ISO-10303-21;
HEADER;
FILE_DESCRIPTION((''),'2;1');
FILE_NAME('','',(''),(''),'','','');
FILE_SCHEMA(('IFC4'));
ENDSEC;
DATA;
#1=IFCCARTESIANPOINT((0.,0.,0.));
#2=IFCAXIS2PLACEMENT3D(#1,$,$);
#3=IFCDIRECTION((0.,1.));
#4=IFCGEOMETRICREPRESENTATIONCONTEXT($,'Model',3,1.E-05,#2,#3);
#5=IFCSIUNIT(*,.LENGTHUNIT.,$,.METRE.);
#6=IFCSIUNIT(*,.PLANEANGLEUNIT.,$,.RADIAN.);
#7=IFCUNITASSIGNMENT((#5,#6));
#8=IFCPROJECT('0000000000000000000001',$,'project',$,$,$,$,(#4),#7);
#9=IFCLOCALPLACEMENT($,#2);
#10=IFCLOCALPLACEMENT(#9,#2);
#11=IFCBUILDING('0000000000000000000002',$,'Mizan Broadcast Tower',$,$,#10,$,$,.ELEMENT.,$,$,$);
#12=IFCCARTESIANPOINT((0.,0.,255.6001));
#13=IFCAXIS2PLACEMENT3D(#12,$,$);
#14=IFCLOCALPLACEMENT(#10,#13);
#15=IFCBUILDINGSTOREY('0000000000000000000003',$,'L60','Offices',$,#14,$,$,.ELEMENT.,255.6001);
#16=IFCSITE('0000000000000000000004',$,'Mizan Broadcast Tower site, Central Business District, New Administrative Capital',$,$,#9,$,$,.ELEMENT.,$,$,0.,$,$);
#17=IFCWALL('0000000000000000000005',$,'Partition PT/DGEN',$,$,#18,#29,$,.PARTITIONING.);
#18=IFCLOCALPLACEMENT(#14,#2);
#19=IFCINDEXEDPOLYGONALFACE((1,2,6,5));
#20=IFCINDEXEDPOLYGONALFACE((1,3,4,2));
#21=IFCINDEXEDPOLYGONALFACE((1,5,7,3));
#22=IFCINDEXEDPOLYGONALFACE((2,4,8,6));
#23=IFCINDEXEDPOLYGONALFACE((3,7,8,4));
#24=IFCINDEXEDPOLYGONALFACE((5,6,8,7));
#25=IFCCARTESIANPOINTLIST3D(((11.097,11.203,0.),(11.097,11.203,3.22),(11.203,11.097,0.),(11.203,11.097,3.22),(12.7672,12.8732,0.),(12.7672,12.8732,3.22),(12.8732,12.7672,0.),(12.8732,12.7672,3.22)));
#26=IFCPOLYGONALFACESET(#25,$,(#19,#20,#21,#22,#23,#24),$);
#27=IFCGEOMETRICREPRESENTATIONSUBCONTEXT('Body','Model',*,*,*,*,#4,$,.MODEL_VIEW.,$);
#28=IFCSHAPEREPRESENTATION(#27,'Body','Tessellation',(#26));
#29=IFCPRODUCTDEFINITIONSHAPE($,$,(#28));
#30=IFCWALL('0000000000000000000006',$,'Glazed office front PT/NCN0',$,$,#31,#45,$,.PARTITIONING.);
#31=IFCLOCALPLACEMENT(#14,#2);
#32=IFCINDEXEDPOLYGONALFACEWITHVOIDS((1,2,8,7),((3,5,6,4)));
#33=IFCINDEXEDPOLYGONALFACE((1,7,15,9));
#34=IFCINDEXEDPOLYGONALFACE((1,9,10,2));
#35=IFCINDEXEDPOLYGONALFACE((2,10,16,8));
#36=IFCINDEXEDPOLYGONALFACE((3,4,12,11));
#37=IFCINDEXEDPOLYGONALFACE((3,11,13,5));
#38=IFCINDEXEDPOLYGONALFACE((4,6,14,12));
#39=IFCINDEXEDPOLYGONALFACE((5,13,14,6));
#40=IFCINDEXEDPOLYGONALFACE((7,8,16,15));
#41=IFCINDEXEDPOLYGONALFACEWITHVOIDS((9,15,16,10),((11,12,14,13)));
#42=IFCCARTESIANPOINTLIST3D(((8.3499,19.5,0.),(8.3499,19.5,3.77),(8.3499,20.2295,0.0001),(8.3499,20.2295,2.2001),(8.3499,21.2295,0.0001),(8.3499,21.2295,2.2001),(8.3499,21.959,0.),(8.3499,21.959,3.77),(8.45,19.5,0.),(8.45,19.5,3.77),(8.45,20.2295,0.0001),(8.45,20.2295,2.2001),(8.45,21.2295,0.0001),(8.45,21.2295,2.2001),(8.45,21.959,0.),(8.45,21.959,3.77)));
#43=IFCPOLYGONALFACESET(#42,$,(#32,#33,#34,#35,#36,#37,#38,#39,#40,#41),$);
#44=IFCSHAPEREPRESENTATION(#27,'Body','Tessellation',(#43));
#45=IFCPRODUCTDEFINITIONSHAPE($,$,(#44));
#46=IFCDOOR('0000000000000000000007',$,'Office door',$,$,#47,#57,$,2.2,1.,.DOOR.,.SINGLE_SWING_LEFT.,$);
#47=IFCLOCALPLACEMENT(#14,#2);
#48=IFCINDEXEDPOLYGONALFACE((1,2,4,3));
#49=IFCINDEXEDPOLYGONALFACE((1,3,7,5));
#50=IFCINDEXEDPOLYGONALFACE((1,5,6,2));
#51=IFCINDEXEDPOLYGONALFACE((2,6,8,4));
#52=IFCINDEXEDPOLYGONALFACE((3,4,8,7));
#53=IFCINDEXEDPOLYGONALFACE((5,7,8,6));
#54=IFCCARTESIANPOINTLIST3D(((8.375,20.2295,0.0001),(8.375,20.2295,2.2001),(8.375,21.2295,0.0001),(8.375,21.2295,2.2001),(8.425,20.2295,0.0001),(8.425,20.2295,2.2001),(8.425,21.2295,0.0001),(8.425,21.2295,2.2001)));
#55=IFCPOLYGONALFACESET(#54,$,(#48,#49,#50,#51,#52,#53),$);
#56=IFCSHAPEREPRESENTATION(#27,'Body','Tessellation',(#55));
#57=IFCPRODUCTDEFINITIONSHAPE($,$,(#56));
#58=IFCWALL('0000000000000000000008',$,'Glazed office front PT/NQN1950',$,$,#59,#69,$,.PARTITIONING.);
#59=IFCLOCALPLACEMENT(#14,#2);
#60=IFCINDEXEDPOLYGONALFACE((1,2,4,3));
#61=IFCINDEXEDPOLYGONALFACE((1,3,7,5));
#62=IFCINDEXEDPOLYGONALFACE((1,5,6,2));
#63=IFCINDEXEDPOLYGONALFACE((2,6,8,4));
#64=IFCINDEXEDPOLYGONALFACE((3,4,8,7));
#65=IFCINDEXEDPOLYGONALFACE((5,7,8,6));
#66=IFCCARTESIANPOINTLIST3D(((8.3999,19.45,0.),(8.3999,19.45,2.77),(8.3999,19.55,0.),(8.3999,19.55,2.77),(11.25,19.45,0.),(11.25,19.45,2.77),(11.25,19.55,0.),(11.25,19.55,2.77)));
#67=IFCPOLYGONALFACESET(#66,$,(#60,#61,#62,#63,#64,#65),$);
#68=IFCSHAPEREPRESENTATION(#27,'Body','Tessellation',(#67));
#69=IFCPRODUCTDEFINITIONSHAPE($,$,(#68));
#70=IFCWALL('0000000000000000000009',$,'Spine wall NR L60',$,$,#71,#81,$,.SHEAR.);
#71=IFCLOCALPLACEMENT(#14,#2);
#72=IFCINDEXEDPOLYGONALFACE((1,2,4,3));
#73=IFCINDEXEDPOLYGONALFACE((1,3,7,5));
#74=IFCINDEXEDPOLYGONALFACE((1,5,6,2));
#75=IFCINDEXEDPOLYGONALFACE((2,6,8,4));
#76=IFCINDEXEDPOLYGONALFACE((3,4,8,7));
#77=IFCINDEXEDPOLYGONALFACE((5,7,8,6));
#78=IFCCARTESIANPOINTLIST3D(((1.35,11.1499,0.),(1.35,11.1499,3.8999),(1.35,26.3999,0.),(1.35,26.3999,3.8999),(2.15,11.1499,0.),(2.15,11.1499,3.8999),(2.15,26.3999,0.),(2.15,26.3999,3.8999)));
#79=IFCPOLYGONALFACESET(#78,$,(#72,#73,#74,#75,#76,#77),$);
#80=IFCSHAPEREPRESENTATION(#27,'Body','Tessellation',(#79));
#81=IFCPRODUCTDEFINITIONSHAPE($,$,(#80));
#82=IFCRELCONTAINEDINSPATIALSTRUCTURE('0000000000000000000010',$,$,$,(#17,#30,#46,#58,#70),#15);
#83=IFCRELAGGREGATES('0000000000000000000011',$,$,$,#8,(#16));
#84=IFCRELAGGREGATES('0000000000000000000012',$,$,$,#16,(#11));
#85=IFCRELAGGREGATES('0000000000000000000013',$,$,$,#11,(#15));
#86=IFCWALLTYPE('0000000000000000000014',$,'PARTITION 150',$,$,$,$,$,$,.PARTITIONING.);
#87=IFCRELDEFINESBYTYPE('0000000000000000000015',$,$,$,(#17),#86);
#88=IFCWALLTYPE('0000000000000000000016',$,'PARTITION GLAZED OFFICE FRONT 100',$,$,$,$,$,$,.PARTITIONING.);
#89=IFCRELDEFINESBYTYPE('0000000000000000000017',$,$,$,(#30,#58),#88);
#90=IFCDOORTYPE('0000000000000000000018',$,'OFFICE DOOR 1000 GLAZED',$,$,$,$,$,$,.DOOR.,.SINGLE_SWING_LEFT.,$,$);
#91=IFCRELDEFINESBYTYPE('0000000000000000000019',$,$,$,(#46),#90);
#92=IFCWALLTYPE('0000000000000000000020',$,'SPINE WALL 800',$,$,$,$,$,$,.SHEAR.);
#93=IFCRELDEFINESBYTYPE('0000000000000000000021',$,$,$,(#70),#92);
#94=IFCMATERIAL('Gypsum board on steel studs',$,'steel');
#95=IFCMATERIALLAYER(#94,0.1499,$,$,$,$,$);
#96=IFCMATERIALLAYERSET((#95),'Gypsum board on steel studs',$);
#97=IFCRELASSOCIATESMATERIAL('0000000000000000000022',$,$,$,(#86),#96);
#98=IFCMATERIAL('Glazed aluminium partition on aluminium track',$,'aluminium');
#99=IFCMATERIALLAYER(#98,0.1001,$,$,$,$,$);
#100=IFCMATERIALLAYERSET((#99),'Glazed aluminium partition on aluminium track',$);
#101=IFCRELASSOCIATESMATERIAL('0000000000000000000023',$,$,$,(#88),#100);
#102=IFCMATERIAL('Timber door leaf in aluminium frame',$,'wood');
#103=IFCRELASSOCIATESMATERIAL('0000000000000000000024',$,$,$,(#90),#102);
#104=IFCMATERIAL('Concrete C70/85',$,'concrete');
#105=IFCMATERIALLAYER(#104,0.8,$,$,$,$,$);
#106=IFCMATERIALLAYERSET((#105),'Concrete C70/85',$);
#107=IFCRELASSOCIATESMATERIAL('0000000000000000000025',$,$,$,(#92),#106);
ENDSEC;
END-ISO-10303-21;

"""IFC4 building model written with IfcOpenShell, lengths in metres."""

from ifc_helpers import new_model, si_unit, direction, frame, frame_2d, origin, place, context, subcontext, project, spatial, rectangle, extrude, material, layer, layer_set, type_object, element, fill, save


model = new_model("IFC4")

# Units and contexts
model_context = context("Model", 3, precision=1e-05, world=origin(), true_north=direction((0.0, 1.0)))
body_context = subcontext(model_context, "Body", "Model", "MODEL_VIEW")
ifc_project = project(units=[si_unit("LENGTHUNIT", "METRE"), si_unit("PLANEANGLEUNIT", "RADIAN")], contexts=[model_context])

# Site, building, storey
site_placement = place(None, origin())
site = spatial("IfcSite", under=ifc_project, at=site_placement, Name="Mizan Broadcast Tower site, Central Business District, New Administrative Capital", CompositionType="ELEMENT", RefElevation=0.0)
building_placement = place(site_placement, origin())
building = spatial("IfcBuilding", under=site, at=building_placement, Name="Mizan Broadcast Tower", CompositionType="ELEMENT")
storey_placement = place(building_placement, frame((0.0, 0.0, 255.6001)))
storey = spatial("IfcBuildingStorey", under=building, at=storey_placement, Name="L60", Description="Offices", CompositionType="ELEMENT", Elevation=255.6001)

# Wall
ifc_material_1 = material(Name="Gypsum board on steel studs", Category="steel")
ifc_layer_1 = layer(ifc_material_1, 0.1499)
ifc_layer_set_1 = layer_set([ifc_layer_1], Name="Gypsum board on steel studs")
wall_type_1 = type_object("IfcWallType", Name="PARTITION 150", PredefinedType="PARTITIONING", material=ifc_layer_set_1)
wall_1_placement = place(storey_placement, frame((11.1499, 11.1499, 0.0), z_axis=(0.0, 0.0, 1.0), x_axis=(0.707107, 0.707107, 0.0)))
element("IfcWall", 1, at=wall_1_placement, inside=storey, type_object=wall_type_1, Name="Partition PT/DGEN", PredefinedType="PARTITIONING", context=body_context, shape_type="SweptSolid", body=[
    extrude(rectangle(XDim=2.3621, YDim=0.1499, at=frame_2d((1.1812, 0.0))), origin(), (0.0, 0.0, 1.0), 3.22),
])

# Wall, opening, door
ifc_material_2 = material(Name="Glazed aluminium partition on aluminium track", Category="aluminium")
ifc_layer_2 = layer(ifc_material_2, 0.1001)
ifc_layer_set_2 = layer_set([ifc_layer_2], Name="Glazed aluminium partition on aluminium track")
wall_type_2 = type_object("IfcWallType", Name="PARTITION GLAZED OFFICE FRONT 100", PredefinedType="PARTITIONING", material=ifc_layer_set_2)
wall_2_placement = place(storey_placement, frame((8.3999, 19.5, 0.0), z_axis=(0.0, 0.0, 1.0), x_axis=(0.0, 1.0, 0.0)))
wall_2 = element("IfcWall", 2, at=wall_2_placement, inside=storey, type_object=wall_type_2, Name="Glazed office front PT/NCN0", PredefinedType="PARTITIONING", context=body_context, shape_type="SweptSolid", body=[
    extrude(rectangle(XDim=2.459, YDim=0.1001, at=frame_2d((1.2295, 0.0))), origin(), (0.0, 0.0, 1.0), 3.77),
])
opening_1_placement = place(wall_2_placement, frame((0.7295, 0.0, 0.0)))
opening_1 = element("IfcOpeningElement", 3, at=opening_1_placement, cuts=wall_2, PredefinedType="OPENING", context=body_context, shape_type="SweptSolid", body=[
    extrude(rectangle(XDim=1.0, YDim=2.2, at=frame_2d((0.5, 1.1001))), frame((0.0, 0.0601, 0.0), z_axis=(0.0, -1.0, 0.0), x_axis=(1.0, 0.0, 0.0)), (0.0, 0.0, 1.0), 0.1201),
])
ifc_material_3 = material(Name="Timber door leaf in aluminium frame", Category="wood")
door_type_1 = type_object("IfcDoorType", Name="OFFICE DOOR 1000 GLAZED", OperationType="SINGLE_SWING_LEFT", PredefinedType="DOOR", material=ifc_material_3)
door_1_placement = place(opening_1_placement, origin())
door_1 = element("IfcDoor", 4, at=door_1_placement, inside=storey, type_object=door_type_1, Name="Office door", OperationType="SINGLE_SWING_LEFT", OverallHeight=2.2, OverallWidth=1.0, PredefinedType="DOOR", context=body_context, shape_type="SweptSolid", body=[
    extrude(rectangle(XDim=1.0, YDim=2.2, at=frame_2d((0.5, 1.1001))), frame((0.0, 0.0249, 0.0), z_axis=(0.0, -1.0, 0.0), x_axis=(1.0, 0.0, 0.0)), (0.0, 0.0, 1.0), 0.05),
])
fill(opening_1, door_1)

# Walls
wall_3_placement = place(storey_placement, frame((8.3999, 19.5, 0.0), z_axis=(0.0, 0.0, 1.0), x_axis=(1.0, 0.0, 0.0)))
element("IfcWall", 5, at=wall_3_placement, inside=storey, type_object=wall_type_2, Name="Glazed office front PT/NQN1950", PredefinedType="PARTITIONING", context=body_context, shape_type="SweptSolid", body=[
    extrude(rectangle(XDim=2.8501, YDim=0.1001, at=frame_2d((1.425, 0.0))), origin(), (0.0, 0.0, 1.0), 2.77),
])
ifc_material_4 = material(Name="Concrete C70/85", Category="concrete")
ifc_layer_3 = layer(ifc_material_4, 0.8)
ifc_layer_set_3 = layer_set([ifc_layer_3], Name="Concrete C70/85")
wall_type_3 = type_object("IfcWallType", Name="SPINE WALL 800", PredefinedType="SHEAR", material=ifc_layer_set_3)
wall_4_placement = place(storey_placement, frame((1.75, 11.1499, 0.0), z_axis=(0.0, 0.0, 1.0), x_axis=(0.0, 1.0, 0.0)))
element("IfcWall", 6, at=wall_4_placement, inside=storey, type_object=wall_type_3, Name="Spine wall NR L60", PredefinedType="SHEAR", context=body_context, shape_type="SweptSolid", body=[
    extrude(rectangle(XDim=15.25, YDim=0.8, at=frame_2d((7.625, 0.0))), origin(), (0.0, 0.0, 1.0), 3.8999),
])

save(model, "model.ifc")
